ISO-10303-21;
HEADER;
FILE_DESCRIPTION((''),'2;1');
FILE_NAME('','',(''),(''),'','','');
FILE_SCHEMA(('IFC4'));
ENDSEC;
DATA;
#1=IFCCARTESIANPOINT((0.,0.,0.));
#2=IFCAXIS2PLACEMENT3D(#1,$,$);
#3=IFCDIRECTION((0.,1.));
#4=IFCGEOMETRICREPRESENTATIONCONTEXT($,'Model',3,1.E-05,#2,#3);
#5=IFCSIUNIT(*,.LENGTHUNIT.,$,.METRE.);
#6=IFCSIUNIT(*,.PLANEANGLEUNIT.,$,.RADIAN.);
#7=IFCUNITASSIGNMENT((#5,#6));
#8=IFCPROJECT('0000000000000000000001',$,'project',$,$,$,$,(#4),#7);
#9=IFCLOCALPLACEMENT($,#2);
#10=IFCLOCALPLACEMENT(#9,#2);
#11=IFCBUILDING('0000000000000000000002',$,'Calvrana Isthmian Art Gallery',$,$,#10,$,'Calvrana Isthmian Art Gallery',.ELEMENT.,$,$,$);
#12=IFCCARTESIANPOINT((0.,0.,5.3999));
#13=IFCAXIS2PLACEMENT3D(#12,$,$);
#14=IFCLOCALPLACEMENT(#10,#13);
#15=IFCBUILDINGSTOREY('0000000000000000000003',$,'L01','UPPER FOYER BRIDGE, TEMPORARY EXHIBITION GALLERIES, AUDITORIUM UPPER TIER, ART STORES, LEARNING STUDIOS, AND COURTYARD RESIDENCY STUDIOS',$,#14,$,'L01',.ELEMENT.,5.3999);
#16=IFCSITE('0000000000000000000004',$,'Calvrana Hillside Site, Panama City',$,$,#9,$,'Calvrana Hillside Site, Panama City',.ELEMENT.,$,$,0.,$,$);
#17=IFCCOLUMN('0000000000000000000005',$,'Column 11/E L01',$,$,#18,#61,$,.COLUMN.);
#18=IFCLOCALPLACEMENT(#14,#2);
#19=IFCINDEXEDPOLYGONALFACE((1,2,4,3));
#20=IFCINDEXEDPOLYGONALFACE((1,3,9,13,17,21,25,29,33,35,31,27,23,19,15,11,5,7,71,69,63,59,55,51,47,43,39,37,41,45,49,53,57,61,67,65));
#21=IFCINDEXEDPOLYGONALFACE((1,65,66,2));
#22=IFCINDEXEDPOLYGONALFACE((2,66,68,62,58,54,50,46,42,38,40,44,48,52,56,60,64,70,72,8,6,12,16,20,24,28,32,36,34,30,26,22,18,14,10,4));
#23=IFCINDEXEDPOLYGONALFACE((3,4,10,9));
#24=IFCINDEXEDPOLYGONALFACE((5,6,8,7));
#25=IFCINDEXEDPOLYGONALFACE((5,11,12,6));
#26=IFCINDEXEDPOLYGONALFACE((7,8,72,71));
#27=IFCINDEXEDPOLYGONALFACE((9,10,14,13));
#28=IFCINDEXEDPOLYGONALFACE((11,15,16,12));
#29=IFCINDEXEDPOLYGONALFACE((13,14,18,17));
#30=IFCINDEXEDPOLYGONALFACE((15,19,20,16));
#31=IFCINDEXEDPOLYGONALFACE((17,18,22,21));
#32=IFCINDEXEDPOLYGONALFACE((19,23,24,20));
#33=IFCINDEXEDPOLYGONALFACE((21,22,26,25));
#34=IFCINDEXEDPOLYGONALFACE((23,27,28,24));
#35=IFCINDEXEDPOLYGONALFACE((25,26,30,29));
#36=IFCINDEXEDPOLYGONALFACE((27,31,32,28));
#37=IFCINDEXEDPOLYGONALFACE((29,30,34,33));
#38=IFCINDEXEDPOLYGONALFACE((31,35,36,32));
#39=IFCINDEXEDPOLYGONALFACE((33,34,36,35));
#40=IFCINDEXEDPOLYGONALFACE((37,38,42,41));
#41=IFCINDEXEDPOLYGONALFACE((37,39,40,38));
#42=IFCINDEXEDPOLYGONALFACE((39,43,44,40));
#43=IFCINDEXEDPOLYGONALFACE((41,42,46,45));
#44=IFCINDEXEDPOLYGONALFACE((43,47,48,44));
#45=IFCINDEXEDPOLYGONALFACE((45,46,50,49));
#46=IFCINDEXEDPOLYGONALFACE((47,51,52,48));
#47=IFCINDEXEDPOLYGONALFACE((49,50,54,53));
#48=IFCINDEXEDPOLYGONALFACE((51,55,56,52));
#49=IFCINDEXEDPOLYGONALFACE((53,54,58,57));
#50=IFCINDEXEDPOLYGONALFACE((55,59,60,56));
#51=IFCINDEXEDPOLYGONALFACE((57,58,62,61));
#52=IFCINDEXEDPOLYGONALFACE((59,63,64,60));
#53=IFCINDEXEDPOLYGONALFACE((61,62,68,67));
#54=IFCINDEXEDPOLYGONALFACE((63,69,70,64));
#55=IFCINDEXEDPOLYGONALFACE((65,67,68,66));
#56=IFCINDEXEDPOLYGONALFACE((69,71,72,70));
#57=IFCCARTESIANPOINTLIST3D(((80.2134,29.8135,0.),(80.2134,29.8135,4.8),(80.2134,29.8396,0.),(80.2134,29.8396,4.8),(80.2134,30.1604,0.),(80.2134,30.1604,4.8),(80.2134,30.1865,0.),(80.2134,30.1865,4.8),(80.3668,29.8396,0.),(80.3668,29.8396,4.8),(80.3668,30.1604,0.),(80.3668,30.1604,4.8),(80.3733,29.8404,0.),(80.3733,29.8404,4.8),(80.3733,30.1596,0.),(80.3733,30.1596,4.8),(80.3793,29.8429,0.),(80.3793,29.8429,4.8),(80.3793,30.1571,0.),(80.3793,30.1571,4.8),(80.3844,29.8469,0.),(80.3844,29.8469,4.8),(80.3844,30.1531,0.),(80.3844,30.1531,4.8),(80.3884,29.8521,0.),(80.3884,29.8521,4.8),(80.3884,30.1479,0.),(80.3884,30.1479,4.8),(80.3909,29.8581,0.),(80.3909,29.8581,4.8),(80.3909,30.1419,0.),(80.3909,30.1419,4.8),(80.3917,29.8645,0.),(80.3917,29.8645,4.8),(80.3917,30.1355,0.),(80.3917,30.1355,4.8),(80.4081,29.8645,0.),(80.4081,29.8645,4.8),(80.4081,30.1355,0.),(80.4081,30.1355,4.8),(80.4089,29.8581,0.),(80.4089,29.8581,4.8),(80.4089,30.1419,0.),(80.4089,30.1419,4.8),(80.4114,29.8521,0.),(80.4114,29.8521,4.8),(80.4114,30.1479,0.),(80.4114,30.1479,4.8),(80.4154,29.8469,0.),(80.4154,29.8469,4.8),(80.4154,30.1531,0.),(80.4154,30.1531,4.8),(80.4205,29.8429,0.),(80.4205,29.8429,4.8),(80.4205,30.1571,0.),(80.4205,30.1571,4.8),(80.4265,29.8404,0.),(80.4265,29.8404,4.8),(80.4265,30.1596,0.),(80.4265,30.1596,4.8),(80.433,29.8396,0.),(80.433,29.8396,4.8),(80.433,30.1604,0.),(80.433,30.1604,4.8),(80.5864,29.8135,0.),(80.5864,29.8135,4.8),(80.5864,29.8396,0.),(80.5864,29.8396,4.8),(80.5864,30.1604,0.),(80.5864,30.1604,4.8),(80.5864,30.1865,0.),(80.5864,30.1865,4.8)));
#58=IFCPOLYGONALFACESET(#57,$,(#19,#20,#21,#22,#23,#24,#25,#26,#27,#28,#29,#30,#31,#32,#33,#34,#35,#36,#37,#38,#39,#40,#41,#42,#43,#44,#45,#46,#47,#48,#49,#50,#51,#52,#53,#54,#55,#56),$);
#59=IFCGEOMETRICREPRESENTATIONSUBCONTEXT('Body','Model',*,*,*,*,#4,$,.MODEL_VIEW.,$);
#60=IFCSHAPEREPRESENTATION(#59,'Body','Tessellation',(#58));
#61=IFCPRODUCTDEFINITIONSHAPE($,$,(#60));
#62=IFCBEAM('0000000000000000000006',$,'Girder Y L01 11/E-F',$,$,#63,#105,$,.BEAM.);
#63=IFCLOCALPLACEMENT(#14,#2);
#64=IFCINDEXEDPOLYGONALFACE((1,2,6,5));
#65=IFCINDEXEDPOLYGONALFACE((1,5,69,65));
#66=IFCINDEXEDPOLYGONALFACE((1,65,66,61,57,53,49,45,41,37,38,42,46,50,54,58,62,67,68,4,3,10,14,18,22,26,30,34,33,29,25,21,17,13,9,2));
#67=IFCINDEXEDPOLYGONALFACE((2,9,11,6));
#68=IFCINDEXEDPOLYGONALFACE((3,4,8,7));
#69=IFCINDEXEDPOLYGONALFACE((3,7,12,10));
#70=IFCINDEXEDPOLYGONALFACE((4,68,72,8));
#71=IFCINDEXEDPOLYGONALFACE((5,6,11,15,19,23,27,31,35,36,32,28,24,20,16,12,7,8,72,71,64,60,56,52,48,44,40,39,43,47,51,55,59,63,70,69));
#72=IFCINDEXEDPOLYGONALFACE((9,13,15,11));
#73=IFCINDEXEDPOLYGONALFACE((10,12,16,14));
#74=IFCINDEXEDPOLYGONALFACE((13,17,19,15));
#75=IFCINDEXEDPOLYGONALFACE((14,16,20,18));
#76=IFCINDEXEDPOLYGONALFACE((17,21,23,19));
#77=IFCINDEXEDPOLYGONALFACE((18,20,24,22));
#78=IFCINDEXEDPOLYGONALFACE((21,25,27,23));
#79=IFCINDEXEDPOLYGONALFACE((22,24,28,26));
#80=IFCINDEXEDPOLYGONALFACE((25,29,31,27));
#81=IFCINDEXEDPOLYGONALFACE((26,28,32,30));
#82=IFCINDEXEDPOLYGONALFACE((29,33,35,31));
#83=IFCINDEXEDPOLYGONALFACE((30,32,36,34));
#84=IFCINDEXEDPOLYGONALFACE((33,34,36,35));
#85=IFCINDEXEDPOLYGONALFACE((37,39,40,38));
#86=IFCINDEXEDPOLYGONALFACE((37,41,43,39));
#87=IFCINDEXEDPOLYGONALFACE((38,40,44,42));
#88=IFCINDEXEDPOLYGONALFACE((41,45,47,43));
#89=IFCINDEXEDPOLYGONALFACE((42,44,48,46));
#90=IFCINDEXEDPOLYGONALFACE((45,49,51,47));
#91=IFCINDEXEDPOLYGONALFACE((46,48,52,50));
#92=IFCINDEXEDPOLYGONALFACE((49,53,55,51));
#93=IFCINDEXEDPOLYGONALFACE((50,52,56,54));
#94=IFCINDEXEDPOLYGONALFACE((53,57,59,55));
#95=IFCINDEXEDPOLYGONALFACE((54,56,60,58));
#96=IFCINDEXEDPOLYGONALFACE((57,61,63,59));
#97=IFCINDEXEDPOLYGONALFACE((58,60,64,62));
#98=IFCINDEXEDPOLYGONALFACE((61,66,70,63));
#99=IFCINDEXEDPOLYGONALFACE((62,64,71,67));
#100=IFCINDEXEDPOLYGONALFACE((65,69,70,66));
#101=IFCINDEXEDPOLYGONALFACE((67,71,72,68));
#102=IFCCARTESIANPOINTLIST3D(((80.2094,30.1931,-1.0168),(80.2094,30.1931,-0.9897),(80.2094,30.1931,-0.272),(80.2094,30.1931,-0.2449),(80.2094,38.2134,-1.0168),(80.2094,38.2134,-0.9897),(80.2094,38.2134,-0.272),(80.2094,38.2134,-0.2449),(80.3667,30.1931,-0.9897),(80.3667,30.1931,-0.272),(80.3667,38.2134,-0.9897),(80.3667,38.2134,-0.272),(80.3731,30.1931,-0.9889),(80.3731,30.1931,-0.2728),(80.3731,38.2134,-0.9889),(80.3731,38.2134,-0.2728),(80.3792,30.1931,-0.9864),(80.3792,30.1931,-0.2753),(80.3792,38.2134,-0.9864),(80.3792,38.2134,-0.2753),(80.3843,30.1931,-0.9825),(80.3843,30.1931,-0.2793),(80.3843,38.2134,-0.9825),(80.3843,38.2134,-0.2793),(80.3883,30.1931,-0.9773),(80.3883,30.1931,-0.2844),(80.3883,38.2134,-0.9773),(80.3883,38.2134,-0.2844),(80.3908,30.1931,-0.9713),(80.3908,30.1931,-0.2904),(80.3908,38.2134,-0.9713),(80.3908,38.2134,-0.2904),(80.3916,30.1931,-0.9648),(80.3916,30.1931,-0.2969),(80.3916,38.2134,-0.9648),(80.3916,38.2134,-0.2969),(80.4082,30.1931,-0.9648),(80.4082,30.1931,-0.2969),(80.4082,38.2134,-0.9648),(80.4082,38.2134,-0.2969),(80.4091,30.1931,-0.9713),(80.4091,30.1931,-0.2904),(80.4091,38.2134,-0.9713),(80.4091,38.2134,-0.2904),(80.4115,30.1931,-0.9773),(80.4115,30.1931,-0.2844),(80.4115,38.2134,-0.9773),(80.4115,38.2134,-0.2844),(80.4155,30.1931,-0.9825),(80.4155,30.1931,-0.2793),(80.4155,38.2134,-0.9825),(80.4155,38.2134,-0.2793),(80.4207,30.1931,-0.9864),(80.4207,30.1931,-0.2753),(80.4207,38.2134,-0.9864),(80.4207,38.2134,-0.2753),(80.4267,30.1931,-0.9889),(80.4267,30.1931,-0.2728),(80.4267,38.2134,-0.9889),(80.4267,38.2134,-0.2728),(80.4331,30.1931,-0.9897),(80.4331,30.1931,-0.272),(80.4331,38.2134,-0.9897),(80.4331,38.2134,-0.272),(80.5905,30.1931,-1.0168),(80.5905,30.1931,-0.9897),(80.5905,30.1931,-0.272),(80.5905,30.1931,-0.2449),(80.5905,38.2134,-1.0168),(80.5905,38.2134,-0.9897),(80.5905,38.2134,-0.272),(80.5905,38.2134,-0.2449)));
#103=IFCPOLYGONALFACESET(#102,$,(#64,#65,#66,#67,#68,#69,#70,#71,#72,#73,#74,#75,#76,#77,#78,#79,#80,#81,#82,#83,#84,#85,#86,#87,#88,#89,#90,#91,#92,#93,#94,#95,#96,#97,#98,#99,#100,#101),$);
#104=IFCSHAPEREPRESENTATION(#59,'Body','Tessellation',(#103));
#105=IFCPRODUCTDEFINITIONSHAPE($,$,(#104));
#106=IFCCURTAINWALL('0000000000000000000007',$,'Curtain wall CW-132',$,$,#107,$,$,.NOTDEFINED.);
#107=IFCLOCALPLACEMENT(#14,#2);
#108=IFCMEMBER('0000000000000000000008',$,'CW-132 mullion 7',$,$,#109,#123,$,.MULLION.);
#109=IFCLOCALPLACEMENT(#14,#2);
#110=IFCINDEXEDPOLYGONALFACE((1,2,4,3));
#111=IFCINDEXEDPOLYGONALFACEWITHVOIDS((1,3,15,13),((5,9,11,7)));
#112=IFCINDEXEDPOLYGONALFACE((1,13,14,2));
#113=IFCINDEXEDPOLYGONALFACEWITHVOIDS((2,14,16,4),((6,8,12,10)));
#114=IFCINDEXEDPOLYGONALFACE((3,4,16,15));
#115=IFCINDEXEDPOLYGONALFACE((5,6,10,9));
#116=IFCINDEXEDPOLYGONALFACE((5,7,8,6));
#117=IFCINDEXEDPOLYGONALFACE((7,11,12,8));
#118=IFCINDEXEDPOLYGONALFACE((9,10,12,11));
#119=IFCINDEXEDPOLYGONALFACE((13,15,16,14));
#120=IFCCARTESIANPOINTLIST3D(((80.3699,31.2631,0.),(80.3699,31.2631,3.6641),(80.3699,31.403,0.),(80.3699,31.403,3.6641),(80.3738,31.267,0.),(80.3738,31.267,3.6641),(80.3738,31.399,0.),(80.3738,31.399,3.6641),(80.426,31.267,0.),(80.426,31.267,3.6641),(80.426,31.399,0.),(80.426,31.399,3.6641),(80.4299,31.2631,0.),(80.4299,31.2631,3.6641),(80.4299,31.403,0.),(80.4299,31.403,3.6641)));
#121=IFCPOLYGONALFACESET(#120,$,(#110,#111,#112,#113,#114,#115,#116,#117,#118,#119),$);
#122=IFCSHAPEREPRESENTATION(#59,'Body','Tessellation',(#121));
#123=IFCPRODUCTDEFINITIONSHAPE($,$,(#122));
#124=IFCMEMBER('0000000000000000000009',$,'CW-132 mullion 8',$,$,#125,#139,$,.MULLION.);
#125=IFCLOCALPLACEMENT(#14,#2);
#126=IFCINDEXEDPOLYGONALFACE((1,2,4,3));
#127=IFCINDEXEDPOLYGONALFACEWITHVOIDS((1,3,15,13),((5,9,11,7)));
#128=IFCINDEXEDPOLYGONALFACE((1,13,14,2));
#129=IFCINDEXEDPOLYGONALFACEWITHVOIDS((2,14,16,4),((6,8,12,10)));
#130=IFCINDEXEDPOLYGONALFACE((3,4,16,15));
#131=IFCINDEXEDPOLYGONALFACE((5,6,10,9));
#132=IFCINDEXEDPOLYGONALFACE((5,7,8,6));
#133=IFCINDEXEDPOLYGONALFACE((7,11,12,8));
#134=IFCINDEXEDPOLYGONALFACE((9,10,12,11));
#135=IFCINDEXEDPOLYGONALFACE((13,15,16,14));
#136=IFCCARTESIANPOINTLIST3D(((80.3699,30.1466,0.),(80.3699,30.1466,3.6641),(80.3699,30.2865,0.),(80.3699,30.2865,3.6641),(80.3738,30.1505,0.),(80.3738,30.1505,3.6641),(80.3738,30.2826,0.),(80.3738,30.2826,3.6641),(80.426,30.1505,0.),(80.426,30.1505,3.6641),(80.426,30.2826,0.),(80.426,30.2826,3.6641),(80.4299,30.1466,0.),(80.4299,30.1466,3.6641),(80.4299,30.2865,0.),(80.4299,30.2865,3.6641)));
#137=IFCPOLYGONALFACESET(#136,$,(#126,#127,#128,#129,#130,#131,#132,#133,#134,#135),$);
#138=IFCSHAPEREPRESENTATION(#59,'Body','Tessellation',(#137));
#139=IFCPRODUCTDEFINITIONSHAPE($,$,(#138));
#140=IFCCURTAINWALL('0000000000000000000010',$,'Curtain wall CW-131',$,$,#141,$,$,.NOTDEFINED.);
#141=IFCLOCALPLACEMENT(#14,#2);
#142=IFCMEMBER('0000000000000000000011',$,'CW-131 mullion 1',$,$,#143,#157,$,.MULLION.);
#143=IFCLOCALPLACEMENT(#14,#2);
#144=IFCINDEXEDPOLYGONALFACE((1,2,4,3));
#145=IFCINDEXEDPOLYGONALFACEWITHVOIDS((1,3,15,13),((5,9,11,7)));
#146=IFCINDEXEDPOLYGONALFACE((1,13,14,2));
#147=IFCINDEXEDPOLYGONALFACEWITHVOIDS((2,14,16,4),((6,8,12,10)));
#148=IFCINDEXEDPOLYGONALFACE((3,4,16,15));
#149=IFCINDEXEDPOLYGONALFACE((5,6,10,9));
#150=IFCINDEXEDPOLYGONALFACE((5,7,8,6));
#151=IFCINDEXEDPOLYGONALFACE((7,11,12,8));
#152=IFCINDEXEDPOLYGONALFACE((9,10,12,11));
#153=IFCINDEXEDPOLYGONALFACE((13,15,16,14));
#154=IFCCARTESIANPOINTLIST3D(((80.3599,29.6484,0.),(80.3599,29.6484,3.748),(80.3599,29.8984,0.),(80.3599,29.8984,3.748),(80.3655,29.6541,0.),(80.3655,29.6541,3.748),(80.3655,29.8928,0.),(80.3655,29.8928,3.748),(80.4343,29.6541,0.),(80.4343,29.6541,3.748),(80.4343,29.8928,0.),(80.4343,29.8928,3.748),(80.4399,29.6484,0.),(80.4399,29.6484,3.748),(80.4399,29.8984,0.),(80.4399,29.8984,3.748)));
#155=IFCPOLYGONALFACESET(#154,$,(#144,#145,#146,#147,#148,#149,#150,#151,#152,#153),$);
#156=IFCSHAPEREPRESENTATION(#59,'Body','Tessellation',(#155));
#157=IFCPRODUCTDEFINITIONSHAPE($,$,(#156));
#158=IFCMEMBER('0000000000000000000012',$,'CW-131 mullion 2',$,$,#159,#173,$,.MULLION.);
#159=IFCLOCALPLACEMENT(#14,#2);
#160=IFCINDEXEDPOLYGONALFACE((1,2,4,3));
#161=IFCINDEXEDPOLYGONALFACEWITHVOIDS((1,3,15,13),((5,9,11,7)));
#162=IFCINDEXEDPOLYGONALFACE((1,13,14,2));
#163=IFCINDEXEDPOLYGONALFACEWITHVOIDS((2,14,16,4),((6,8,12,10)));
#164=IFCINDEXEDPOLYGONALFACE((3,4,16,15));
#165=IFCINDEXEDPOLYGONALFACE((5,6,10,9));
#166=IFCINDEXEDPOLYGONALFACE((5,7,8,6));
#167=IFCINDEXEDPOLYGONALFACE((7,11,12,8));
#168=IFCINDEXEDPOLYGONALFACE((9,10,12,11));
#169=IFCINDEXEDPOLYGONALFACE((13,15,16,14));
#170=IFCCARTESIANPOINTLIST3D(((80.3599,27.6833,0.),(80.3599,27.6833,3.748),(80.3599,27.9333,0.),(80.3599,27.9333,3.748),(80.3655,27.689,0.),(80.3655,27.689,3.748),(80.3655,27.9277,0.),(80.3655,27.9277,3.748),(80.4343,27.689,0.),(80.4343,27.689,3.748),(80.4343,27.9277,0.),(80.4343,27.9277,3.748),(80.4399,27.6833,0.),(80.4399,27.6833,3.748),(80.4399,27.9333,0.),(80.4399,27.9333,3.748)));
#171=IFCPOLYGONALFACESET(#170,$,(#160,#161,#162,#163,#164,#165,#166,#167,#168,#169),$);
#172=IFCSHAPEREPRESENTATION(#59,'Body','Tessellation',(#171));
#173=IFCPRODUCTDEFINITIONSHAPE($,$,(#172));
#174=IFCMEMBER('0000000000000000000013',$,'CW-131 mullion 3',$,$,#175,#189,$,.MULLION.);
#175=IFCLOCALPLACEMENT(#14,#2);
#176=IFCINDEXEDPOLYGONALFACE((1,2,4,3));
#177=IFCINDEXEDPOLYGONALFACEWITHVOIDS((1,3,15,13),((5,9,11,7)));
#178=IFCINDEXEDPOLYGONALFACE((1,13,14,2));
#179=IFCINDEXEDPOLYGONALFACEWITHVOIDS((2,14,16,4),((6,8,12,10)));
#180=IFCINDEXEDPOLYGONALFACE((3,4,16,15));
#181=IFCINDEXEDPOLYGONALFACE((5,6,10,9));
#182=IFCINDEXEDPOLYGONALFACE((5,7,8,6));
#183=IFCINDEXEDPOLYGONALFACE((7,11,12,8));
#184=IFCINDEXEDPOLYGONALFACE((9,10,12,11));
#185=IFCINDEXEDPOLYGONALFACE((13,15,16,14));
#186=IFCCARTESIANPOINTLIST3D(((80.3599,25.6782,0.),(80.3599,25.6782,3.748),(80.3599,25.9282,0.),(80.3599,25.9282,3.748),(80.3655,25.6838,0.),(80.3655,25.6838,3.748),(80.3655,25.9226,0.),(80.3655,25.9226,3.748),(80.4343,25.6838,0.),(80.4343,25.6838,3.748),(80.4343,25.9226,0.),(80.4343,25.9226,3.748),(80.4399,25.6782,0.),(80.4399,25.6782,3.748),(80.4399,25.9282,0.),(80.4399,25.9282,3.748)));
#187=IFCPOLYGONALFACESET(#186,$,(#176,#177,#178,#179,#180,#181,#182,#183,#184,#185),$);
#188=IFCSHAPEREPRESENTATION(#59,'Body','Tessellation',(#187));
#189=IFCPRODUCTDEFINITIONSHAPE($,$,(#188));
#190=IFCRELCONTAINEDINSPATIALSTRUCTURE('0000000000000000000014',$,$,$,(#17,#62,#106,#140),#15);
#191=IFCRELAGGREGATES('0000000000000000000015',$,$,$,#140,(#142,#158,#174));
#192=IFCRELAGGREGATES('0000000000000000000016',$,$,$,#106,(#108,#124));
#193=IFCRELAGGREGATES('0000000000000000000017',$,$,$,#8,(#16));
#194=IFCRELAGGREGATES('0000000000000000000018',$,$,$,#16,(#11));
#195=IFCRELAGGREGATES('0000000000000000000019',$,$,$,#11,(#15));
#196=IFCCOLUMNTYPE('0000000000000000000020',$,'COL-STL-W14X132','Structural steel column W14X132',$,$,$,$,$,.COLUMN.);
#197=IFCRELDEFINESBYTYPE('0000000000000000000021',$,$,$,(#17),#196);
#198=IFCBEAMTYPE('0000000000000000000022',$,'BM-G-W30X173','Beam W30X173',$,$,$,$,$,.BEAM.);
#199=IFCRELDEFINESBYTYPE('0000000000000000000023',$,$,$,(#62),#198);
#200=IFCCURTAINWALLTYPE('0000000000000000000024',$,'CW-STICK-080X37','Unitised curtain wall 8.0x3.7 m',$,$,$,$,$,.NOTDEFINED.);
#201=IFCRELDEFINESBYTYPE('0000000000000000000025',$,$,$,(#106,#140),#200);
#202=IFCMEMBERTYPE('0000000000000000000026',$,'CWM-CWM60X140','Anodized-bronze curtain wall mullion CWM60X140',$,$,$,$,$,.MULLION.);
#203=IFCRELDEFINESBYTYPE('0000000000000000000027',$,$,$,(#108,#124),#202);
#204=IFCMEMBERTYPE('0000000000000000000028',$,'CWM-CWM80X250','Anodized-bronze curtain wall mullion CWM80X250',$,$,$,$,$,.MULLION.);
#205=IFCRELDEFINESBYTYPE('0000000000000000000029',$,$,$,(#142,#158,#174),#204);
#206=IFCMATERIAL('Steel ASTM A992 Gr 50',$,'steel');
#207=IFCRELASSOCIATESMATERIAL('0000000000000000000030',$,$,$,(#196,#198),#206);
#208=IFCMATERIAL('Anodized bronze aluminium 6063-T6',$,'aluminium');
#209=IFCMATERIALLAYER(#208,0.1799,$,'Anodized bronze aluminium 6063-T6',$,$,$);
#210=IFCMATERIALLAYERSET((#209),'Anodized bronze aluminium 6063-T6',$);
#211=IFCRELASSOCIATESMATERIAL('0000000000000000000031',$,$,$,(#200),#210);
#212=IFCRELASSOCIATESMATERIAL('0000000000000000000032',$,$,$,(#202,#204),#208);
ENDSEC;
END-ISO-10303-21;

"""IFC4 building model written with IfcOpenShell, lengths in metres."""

from ifc_helpers import new_model, si_unit, direction, frame, origin, origin_2d, place, context, subcontext, project, spatial, hollow_rectangle, i_section, extrude, material, layer, layer_set, material_profile, profile_set, type_object, element, aggregate, save


model = new_model("IFC4")

# Units and contexts
model_context = context("Model", 3, precision=1e-05, world=origin(), true_north=direction((0.0, 1.0)))
body_context = subcontext(model_context, "Body", "Model", "MODEL_VIEW")
ifc_project = project(units=[si_unit("LENGTHUNIT", "METRE"), si_unit("PLANEANGLEUNIT", "RADIAN")], contexts=[model_context])

# Site, building, storey
site_placement = place(None, origin())
site = spatial("IfcSite", under=ifc_project, at=site_placement, Name="Calvrana Hillside Site, Panama City", LongName="Calvrana Hillside Site, Panama City", CompositionType="ELEMENT", RefElevation=0.0)
building_placement = place(site_placement, origin())
building = spatial("IfcBuilding", under=site, at=building_placement, Name="Calvrana Isthmian Art Gallery", LongName="Calvrana Isthmian Art Gallery", CompositionType="ELEMENT")
storey_placement = place(building_placement, frame((0.0, 0.0, 5.3999)))
storey = spatial("IfcBuildingStorey", under=building, at=storey_placement, Name="L01", Description="UPPER FOYER BRIDGE, TEMPORARY EXHIBITION GALLERIES, AUDITORIUM UPPER TIER, ART STORES, LEARNING STUDIOS, AND COURTYARD RESIDENCY STUDIOS", LongName="L01", CompositionType="ELEMENT", Elevation=5.3999)

# Column
ifc_material_1 = material(Name="Steel ASTM A992 Gr 50", Category="steel")
ifc_material_profile_1 = material_profile(ifc_material_1, i_section(OverallWidth=0.373, OverallDepth=0.373, WebThickness=0.0164, FlangeThickness=0.0261, FilletRadius=0.0249, at=origin_2d()), Name="W14X132")
ifc_profile_set_1 = profile_set([ifc_material_profile_1], Name="Steel ASTM A992 Gr 50")
column_type = type_object("IfcColumnType", Name="COL-STL-W14X132", Description="Structural steel column W14X132", PredefinedType="COLUMN", material=ifc_profile_set_1)
column_placement = place(storey_placement, frame((80.3999, 30.0, 0.0), z_axis=(0.0, 0.0, 1.0), x_axis=(1.0, 0.0, 0.0)))
element("IfcColumn", 1, at=column_placement, inside=storey, type_object=column_type, Name="Column 11/E L01", PredefinedType="COLUMN", context=body_context, shape_type="SweptSolid", body=[
    extrude(i_section(OverallWidth=0.373, OverallDepth=0.373, WebThickness=0.0164, FlangeThickness=0.0261, FilletRadius=0.0249, at=origin_2d()), origin(), (0.0, 0.0, 1.0), 4.8),
])

# Beam
ifc_material_profile_2 = material_profile(ifc_material_1, i_section(OverallWidth=0.3811, OverallDepth=0.772, WebThickness=0.0166, FlangeThickness=0.0271, FilletRadius=0.0249, at=origin_2d()), Name="W30X173")
ifc_profile_set_2 = profile_set([ifc_material_profile_2], Name="Steel ASTM A992 Gr 50")
beam_type = type_object("IfcBeamType", Name="BM-G-W30X173", Description="Beam W30X173", PredefinedType="BEAM", material=ifc_profile_set_2)
beam_placement = place(storey_placement, frame((80.3999, 30.1931, -0.6309), z_axis=(0.0, 1.0, 0.0), x_axis=(-1.0, 0.0, 0.0)))
element("IfcBeam", 2, at=beam_placement, inside=storey, type_object=beam_type, Name="Girder Y L01 11/E-F", PredefinedType="BEAM", context=body_context, shape_type="SweptSolid", body=[
    extrude(i_section(OverallWidth=0.3811, OverallDepth=0.772, WebThickness=0.0166, FlangeThickness=0.0271, FilletRadius=0.0249, at=origin_2d()), origin(), (0.0, 0.0, 1.0), 8.0203),
])

# Curtain walls, members
ifc_material_2 = material(Name="Anodized bronze aluminium 6063-T6", Category="aluminium")
ifc_layer_1 = layer(ifc_material_2, 0.1799, Name="Anodized bronze aluminium 6063-T6")
ifc_layer_set_1 = layer_set([ifc_layer_1], Name="Anodized bronze aluminium 6063-T6")
curtain_wall_type = type_object("IfcCurtainWallType", Name="CW-STICK-080X37", Description="Unitised curtain wall 8.0x3.7 m", PredefinedType="NOTDEFINED", material=ifc_layer_set_1)
curtain_wall_1_placement = place(storey_placement, origin())
curtain_wall_1 = element("IfcCurtainWall", 3, at=curtain_wall_1_placement, inside=storey, type_object=curtain_wall_type, Name="Curtain wall CW-132", PredefinedType="NOTDEFINED")
ifc_material_profile_3 = material_profile(ifc_material_2, hollow_rectangle(XDim=0.0601, YDim=0.1399, WallThickness=0.0039, at=origin_2d()), Name="CWM60X140")
ifc_profile_set_3 = profile_set([ifc_material_profile_3], Name="Anodized bronze aluminium 6063-T6")
member_type_1 = type_object("IfcMemberType", Name="CWM-CWM60X140", Description="Anodized-bronze curtain wall mullion CWM60X140", PredefinedType="MULLION", material=ifc_profile_set_3)
member_1_placement = place(storey_placement, frame((80.3999, 31.333, 0.0), z_axis=(0.0, 0.0, 1.0), x_axis=(1.0, 0.0, 0.0)))
member_1 = element("IfcMember", 4, at=member_1_placement, type_object=member_type_1, Name="CW-132 mullion 7", PredefinedType="MULLION", context=body_context, shape_type="SweptSolid", body=[
    extrude(hollow_rectangle(XDim=0.0601, YDim=0.1399, WallThickness=0.0039, at=origin_2d()), origin(), (0.0, 0.0, 1.0), 3.6641),
])
member_2_placement = place(storey_placement, frame((80.3999, 30.2166, 0.0), z_axis=(0.0, 0.0, 1.0), x_axis=(1.0, 0.0, 0.0)))
member_2 = element("IfcMember", 5, at=member_2_placement, type_object=member_type_1, Name="CW-132 mullion 8", PredefinedType="MULLION", context=body_context, shape_type="SweptSolid", body=[
    extrude(hollow_rectangle(XDim=0.0601, YDim=0.1399, WallThickness=0.0039, at=origin_2d()), origin(), (0.0, 0.0, 1.0), 3.6641),
])
curtain_wall_2_placement = place(storey_placement, origin())
curtain_wall_2 = element("IfcCurtainWall", 6, at=curtain_wall_2_placement, inside=storey, type_object=curtain_wall_type, Name="Curtain wall CW-131", PredefinedType="NOTDEFINED")
ifc_material_profile_4 = material_profile(ifc_material_2, hollow_rectangle(XDim=0.0801, YDim=0.25, WallThickness=0.0056, at=origin_2d()), Name="CWM80X250")
ifc_profile_set_4 = profile_set([ifc_material_profile_4], Name="Anodized bronze aluminium 6063-T6")
member_type_2 = type_object("IfcMemberType", Name="CWM-CWM80X250", Description="Anodized-bronze curtain wall mullion CWM80X250", PredefinedType="MULLION", material=ifc_profile_set_4)
member_3_placement = place(storey_placement, frame((80.3999, 29.7734, 0.0), z_axis=(0.0, 0.0, 1.0), x_axis=(1.0, 0.0, 0.0)))
member_3 = element("IfcMember", 7, at=member_3_placement, type_object=member_type_2, Name="CW-131 mullion 1", PredefinedType="MULLION", context=body_context, shape_type="SweptSolid", body=[
    extrude(hollow_rectangle(XDim=0.0801, YDim=0.25, WallThickness=0.0056, at=origin_2d()), origin(), (0.0, 0.0, 1.0), 3.748),
])
member_4_placement = place(storey_placement, frame((80.3999, 27.8083, 0.0), z_axis=(0.0, 0.0, 1.0), x_axis=(1.0, 0.0, 0.0)))
member_4 = element("IfcMember", 8, at=member_4_placement, type_object=member_type_2, Name="CW-131 mullion 2", PredefinedType="MULLION", context=body_context, shape_type="SweptSolid", body=[
    extrude(hollow_rectangle(XDim=0.0801, YDim=0.25, WallThickness=0.0056, at=origin_2d()), origin(), (0.0, 0.0, 1.0), 3.748),
])
member_5_placement = place(storey_placement, frame((80.3999, 25.8032, 0.0), z_axis=(0.0, 0.0, 1.0), x_axis=(1.0, 0.0, 0.0)))
member_5 = element("IfcMember", 9, at=member_5_placement, type_object=member_type_2, Name="CW-131 mullion 3", PredefinedType="MULLION", context=body_context, shape_type="SweptSolid", body=[
    extrude(hollow_rectangle(XDim=0.0801, YDim=0.25, WallThickness=0.0056, at=origin_2d()), origin(), (0.0, 0.0, 1.0), 3.748),
])

aggregate(curtain_wall_2, [member_3, member_4, member_5])
aggregate(curtain_wall_1, [member_1, member_2])

save(model, "model.ifc")
